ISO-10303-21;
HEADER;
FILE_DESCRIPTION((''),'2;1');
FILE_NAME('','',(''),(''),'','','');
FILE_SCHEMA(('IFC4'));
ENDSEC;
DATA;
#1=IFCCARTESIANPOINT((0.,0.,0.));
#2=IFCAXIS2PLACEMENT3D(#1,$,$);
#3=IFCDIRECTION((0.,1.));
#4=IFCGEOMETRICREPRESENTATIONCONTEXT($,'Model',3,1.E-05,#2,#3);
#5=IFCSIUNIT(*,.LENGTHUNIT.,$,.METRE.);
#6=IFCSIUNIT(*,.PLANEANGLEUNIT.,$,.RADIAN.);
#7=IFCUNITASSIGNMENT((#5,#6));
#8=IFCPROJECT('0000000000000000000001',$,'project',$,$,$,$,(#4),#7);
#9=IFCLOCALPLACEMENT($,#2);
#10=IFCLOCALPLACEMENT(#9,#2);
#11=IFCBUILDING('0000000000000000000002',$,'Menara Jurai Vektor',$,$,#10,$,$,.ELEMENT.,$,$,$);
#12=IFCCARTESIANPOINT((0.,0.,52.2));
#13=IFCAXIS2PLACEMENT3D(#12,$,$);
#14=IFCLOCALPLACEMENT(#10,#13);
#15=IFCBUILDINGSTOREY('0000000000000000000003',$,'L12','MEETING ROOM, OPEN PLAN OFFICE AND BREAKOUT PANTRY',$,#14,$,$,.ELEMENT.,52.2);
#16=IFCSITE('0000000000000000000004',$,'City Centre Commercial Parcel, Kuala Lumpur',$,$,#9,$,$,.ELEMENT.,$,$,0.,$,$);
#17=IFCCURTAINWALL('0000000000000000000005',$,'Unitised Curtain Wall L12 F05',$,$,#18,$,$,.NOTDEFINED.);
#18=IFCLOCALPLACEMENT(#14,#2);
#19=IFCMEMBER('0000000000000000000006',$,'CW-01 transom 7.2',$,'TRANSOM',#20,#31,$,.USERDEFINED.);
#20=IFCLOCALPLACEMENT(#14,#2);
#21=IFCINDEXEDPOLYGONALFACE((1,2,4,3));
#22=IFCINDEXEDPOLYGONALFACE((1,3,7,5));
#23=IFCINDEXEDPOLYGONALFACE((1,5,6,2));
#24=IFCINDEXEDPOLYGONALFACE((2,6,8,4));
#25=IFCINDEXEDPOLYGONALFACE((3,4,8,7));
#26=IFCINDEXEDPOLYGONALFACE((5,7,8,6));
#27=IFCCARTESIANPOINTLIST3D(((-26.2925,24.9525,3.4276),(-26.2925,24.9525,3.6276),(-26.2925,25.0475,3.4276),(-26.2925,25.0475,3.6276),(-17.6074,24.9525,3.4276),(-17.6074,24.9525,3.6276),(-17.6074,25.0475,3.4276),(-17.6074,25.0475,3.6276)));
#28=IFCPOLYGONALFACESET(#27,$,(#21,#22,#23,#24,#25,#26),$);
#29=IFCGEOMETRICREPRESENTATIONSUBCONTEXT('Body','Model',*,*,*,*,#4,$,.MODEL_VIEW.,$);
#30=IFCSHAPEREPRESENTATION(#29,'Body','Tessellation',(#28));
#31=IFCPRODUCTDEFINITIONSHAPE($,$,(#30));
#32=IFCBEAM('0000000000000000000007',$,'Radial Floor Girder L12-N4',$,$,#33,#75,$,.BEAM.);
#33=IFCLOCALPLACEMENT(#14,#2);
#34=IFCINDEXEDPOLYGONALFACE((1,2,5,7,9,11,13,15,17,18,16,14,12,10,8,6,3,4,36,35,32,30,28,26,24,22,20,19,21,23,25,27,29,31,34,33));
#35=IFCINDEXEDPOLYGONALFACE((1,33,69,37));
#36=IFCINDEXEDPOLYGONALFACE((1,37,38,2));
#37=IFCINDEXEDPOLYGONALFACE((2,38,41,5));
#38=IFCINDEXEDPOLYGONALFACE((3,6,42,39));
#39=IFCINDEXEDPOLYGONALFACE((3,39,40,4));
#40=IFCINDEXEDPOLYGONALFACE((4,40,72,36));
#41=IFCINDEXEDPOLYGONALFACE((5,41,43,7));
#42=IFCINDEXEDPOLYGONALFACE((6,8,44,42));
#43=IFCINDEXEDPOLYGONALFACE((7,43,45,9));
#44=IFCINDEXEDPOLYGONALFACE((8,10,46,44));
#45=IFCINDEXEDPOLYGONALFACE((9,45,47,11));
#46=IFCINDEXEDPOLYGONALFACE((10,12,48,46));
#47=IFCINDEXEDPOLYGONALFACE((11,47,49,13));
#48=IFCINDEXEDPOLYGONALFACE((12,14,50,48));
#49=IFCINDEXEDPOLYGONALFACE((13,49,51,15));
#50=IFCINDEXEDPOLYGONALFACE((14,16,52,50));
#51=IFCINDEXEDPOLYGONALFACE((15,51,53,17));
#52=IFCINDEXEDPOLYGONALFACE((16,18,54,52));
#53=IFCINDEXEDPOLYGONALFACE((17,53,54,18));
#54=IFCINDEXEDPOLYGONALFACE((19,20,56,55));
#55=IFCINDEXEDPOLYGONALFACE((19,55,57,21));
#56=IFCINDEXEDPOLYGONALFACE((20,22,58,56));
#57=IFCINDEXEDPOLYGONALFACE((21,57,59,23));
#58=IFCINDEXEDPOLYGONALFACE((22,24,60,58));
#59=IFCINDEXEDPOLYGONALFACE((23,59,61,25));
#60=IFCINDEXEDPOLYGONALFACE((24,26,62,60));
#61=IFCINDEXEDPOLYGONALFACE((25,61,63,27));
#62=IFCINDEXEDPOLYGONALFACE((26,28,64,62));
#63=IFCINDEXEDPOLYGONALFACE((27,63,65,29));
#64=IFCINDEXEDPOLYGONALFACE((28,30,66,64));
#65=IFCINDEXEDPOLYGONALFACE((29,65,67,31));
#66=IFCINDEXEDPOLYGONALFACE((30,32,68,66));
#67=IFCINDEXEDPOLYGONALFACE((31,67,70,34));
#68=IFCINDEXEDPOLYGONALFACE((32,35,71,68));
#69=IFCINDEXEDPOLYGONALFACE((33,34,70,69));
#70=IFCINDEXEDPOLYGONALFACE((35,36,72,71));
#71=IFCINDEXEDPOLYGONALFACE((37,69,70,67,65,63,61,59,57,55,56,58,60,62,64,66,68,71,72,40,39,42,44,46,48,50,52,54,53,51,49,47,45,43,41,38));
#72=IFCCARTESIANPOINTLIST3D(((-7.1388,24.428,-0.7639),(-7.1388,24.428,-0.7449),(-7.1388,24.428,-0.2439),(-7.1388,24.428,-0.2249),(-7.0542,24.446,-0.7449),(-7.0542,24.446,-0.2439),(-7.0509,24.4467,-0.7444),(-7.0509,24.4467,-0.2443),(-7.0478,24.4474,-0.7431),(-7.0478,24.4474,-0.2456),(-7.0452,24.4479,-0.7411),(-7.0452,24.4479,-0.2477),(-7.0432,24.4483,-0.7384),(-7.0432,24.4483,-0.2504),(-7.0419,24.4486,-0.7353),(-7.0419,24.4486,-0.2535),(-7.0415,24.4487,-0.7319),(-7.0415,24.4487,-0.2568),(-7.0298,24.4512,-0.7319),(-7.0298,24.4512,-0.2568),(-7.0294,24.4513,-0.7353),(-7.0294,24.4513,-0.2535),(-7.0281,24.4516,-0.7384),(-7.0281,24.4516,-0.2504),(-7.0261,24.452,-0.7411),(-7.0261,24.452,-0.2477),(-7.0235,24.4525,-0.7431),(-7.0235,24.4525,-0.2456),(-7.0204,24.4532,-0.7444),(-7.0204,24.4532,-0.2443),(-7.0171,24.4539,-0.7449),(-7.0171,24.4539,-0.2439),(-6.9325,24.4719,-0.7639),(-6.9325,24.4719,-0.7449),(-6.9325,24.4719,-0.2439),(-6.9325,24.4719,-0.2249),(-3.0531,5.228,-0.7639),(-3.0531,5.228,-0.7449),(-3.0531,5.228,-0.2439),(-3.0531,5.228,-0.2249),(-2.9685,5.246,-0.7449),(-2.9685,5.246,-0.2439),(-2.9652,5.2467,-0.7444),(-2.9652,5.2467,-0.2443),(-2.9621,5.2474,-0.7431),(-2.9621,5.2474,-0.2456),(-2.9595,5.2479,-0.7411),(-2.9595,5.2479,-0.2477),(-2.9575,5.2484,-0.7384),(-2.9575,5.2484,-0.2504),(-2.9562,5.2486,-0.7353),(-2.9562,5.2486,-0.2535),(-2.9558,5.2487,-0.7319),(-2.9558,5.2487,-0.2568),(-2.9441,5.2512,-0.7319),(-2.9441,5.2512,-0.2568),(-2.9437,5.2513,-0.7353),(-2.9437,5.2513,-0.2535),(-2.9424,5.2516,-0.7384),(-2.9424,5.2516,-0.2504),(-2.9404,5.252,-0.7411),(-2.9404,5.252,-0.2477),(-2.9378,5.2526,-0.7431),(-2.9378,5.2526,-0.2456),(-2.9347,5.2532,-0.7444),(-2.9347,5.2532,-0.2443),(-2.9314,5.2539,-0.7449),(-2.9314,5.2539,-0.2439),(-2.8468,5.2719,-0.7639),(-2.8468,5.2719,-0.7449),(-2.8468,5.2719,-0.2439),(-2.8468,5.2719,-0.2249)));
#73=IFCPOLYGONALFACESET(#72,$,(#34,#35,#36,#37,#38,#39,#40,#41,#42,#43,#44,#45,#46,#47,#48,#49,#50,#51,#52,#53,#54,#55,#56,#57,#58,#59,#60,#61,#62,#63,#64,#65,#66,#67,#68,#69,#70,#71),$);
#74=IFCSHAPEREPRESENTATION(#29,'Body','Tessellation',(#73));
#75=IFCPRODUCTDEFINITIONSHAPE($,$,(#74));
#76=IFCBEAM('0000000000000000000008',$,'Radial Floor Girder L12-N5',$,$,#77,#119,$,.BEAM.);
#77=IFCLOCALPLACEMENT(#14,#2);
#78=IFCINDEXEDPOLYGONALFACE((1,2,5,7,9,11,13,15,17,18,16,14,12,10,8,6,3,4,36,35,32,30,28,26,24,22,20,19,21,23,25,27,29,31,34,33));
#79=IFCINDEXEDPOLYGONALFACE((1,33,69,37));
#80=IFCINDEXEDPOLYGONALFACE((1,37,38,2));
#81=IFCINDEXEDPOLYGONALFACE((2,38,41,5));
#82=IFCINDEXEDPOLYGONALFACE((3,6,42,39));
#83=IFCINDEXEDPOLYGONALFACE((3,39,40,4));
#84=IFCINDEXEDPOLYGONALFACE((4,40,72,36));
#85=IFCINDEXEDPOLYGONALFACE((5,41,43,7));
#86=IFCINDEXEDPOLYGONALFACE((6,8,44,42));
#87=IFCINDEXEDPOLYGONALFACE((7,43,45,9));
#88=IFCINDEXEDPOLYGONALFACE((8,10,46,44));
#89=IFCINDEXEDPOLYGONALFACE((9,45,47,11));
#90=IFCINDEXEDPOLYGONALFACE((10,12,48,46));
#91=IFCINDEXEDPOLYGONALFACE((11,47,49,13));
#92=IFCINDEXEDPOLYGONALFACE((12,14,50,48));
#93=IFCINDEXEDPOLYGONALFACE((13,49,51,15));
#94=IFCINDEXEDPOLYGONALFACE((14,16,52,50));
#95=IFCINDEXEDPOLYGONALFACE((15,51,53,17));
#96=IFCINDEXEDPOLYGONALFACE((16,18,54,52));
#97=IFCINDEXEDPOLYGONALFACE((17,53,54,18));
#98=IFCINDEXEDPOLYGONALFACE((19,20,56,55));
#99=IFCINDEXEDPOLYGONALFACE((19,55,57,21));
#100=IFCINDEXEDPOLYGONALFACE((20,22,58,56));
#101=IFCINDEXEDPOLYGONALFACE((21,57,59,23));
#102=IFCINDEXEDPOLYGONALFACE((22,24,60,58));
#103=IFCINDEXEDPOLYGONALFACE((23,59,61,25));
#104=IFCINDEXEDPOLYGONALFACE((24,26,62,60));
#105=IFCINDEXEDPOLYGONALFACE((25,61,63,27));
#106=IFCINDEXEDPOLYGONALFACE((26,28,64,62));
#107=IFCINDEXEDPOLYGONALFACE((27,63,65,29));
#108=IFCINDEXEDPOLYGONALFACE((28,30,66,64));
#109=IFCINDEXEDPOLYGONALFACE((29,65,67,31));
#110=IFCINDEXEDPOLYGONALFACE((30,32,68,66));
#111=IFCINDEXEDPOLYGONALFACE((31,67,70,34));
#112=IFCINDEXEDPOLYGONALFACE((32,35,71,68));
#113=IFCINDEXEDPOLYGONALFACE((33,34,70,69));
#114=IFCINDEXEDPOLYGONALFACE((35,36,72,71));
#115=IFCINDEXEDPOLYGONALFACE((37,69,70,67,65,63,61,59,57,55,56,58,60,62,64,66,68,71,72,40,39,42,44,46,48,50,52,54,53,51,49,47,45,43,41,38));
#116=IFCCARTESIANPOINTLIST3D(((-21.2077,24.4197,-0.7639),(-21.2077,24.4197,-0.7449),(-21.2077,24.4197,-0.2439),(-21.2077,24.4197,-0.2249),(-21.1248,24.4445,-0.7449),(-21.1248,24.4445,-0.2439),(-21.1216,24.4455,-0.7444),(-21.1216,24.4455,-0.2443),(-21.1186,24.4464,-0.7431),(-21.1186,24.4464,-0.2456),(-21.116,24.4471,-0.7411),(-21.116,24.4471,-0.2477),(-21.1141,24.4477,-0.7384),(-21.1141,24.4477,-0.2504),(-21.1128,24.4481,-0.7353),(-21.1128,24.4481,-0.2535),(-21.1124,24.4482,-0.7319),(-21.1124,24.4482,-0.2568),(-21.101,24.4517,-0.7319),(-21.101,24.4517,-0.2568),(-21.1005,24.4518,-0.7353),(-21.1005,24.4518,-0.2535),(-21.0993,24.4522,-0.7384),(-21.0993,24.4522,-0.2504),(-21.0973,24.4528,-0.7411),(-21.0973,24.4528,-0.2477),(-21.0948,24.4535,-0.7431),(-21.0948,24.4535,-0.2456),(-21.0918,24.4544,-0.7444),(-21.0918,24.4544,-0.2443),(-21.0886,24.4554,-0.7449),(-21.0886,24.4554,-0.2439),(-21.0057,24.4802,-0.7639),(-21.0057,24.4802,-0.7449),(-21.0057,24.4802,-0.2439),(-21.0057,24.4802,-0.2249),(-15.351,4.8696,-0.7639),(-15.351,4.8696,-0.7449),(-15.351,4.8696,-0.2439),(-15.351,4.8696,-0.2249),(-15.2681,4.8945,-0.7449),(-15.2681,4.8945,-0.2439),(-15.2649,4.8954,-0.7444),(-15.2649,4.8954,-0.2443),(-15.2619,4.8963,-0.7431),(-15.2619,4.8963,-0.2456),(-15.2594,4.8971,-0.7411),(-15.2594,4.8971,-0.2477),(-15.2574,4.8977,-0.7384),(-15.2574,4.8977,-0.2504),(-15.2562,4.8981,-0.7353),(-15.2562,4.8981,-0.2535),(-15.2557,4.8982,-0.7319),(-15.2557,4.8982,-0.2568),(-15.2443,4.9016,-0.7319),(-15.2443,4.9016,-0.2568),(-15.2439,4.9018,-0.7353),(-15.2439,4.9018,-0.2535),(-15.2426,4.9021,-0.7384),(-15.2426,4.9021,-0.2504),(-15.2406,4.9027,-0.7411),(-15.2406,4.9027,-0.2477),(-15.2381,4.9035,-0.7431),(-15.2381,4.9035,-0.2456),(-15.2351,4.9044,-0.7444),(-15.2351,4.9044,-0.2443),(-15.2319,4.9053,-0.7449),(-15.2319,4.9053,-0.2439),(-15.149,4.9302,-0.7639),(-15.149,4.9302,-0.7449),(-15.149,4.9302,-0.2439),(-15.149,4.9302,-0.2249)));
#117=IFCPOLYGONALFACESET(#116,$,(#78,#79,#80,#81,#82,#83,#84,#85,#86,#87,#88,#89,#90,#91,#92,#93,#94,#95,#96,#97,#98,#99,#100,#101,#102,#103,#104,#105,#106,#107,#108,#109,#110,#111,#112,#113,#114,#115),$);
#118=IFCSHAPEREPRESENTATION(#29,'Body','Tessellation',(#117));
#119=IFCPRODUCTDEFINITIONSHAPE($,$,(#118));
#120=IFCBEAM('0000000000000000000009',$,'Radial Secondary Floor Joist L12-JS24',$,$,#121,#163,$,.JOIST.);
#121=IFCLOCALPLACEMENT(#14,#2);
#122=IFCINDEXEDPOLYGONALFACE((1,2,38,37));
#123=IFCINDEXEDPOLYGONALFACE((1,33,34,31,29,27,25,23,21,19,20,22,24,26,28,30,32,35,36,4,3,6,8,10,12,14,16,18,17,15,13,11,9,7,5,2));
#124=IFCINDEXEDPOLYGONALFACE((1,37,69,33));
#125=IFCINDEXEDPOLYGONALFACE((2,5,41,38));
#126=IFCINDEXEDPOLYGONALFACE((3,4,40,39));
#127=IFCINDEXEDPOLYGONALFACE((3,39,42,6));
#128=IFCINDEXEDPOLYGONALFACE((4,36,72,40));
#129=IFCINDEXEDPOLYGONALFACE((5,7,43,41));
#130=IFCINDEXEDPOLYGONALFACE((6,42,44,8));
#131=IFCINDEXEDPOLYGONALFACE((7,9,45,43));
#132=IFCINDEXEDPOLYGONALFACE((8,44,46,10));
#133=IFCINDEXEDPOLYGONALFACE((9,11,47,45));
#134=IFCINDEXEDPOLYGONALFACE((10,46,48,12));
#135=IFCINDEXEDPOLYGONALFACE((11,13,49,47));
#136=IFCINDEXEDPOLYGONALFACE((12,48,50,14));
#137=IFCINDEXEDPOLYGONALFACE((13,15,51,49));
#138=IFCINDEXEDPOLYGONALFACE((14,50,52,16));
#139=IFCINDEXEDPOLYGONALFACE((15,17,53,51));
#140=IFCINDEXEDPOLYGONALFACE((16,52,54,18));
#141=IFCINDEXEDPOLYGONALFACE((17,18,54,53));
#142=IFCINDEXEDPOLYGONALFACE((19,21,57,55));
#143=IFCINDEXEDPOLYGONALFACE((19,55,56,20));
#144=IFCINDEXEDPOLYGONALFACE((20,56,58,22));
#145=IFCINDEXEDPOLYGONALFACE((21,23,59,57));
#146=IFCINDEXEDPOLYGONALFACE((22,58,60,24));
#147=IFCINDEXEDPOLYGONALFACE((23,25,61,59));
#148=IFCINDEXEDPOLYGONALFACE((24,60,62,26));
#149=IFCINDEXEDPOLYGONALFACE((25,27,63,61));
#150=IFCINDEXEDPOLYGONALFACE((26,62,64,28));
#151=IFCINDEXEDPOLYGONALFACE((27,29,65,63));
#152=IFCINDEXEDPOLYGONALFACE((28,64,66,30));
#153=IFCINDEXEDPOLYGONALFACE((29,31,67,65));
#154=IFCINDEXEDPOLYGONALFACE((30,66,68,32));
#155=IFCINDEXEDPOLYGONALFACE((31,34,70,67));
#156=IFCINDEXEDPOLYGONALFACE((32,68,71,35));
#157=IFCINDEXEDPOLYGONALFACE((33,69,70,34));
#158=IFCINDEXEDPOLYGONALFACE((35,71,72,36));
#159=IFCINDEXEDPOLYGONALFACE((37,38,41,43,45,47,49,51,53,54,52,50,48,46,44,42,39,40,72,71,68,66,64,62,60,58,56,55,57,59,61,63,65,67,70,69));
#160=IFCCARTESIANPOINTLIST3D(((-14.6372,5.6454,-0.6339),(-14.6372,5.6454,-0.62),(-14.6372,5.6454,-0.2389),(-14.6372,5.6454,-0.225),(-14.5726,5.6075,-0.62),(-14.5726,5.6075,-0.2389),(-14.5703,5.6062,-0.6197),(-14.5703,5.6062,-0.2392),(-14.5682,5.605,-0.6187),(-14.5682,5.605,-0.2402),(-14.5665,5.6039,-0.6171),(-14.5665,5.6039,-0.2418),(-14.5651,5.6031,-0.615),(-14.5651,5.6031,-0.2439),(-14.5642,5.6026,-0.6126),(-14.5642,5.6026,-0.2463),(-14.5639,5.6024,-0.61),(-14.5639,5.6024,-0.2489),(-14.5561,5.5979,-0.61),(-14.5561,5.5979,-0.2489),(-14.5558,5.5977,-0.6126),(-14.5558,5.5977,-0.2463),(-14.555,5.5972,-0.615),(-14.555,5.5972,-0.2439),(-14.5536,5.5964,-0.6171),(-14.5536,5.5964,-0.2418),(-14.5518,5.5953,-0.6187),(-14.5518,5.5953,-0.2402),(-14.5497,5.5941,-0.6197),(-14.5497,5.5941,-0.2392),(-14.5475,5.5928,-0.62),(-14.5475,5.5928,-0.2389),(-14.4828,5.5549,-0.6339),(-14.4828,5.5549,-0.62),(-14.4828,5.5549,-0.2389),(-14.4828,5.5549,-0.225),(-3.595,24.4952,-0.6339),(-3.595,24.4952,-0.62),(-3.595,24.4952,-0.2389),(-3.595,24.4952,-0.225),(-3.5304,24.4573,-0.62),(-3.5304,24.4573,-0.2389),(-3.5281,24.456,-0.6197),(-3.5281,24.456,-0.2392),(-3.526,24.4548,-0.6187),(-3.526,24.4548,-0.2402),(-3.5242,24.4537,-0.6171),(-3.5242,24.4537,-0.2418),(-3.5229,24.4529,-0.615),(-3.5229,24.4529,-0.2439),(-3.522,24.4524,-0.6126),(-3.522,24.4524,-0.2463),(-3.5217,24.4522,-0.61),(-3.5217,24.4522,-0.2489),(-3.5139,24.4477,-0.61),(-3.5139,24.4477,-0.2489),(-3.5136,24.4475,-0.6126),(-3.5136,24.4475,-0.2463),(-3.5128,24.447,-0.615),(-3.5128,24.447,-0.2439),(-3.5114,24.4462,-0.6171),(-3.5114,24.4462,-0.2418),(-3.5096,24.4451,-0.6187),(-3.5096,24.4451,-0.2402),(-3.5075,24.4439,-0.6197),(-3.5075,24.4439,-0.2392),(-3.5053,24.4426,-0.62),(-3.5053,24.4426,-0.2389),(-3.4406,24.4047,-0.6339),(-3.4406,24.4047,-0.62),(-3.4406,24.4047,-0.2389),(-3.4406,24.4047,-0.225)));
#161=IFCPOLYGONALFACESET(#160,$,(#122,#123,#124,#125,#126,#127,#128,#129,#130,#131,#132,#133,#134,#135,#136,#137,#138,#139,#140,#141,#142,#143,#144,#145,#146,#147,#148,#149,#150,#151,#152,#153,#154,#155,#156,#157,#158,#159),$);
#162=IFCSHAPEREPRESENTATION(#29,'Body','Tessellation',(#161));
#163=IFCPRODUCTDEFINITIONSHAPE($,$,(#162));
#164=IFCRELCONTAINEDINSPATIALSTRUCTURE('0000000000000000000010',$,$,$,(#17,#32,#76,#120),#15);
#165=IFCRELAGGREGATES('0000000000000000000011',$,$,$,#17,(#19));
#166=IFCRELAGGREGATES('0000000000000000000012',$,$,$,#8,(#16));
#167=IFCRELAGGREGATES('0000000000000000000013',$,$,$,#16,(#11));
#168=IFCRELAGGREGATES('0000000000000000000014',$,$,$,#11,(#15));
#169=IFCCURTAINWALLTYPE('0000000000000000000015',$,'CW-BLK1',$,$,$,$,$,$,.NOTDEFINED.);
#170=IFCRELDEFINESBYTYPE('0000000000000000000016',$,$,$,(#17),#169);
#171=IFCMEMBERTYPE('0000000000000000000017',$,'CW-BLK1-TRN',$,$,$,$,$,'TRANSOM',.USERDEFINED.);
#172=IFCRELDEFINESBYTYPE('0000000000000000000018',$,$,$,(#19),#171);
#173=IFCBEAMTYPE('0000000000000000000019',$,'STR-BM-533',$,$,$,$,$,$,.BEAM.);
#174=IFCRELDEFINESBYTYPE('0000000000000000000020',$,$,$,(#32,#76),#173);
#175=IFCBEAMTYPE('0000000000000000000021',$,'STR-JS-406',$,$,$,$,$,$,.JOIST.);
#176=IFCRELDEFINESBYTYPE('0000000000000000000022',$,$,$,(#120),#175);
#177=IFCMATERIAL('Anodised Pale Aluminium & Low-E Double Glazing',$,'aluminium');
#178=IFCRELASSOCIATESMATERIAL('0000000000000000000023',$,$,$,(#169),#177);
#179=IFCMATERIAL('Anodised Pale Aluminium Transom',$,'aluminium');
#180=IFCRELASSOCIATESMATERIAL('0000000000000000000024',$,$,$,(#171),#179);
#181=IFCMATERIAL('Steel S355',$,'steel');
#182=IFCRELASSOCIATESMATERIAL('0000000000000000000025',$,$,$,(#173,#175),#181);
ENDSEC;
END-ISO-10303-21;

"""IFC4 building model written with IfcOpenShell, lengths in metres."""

from ifc_helpers import new_model, si_unit, direction, frame, origin, origin_2d, place, context, subcontext, project, spatial, rectangle, i_section, extrude, material, material_profile, profile_set, type_object, element, aggregate, save


model = new_model("IFC4")

# Units and contexts
model_context = context("Model", 3, precision=1e-05, world=origin(), true_north=direction((0.0, 1.0)))
body_context = subcontext(model_context, "Body", "Model", "MODEL_VIEW")
ifc_project = project(units=[si_unit("LENGTHUNIT", "METRE"), si_unit("PLANEANGLEUNIT", "RADIAN")], contexts=[model_context])

# Site, building, storey
site_placement = place(None, origin())
site = spatial("IfcSite", under=ifc_project, at=site_placement, Name="City Centre Commercial Parcel, Kuala Lumpur", CompositionType="ELEMENT", RefElevation=0.0)
building_placement = place(site_placement, origin())
building = spatial("IfcBuilding", under=site, at=building_placement, Name="Menara Jurai Vektor", CompositionType="ELEMENT")
storey_placement = place(building_placement, frame((0.0, 0.0, 52.2)))
storey = spatial("IfcBuildingStorey", under=building, at=storey_placement, Name="L12", Description="MEETING ROOM, OPEN PLAN OFFICE AND BREAKOUT PANTRY", CompositionType="ELEMENT", Elevation=52.2)

# Curtain wall, member
ifc_material_1 = material(Name="Anodised Pale Aluminium & Low-E Double Glazing", Category="aluminium")
curtain_wall_type = type_object("IfcCurtainWallType", Name="CW-BLK1", PredefinedType="NOTDEFINED", material=ifc_material_1)
curtain_wall_placement = place(storey_placement, origin())
curtain_wall = element("IfcCurtainWall", 1, at=curtain_wall_placement, inside=storey, type_object=curtain_wall_type, Name="Unitised Curtain Wall L12 F05", PredefinedType="NOTDEFINED")
ifc_material_2 = material(Name="Anodised Pale Aluminium Transom", Category="aluminium")
ifc_material_profile_1 = material_profile(ifc_material_2, rectangle(XDim=0.095, YDim=0.2, at=origin_2d()), Name="ALU TRN 95x200")
ifc_profile_set_1 = profile_set([ifc_material_profile_1], Name="Anodised Pale Aluminium Transom")
member_type_1 = type_object("IfcMemberType", Name="CW-BLK1-TRN", ElementType="TRANSOM", PredefinedType="USERDEFINED", material=ifc_profile_set_1)
member_1_placement = place(storey_placement, frame((-17.6074, 25.0, 3.5276), z_axis=(-1.0, 0.0, 0.0), x_axis=(0.0, -1.0, 0.0)))
member_1 = element("IfcMember", 2, at=member_1_placement, type_object=member_type_1, Name="CW-01 transom 7.2", ObjectType="TRANSOM", PredefinedType="USERDEFINED", context=body_context, shape_type="SweptSolid", body=[
    extrude(rectangle(XDim=0.095, YDim=0.2, at=origin_2d()), origin(), (0.0, 0.0, 1.0), 8.6851),
])

# Beams
ifc_material_3 = material(Name="Steel S355", Category="steel")
ifc_material_profile_2 = material_profile(ifc_material_3, i_section(OverallWidth=0.2109, OverallDepth=0.5391, WebThickness=0.012, FlangeThickness=0.019, FilletRadius=0.0129, at=origin_2d()), Name="UKB 533x210x109")
ifc_profile_set_2 = profile_set([ifc_material_profile_2], Name="Steel S355")
beam_type_1 = type_object("IfcBeamType", Name="STR-BM-533", PredefinedType="BEAM", material=ifc_profile_set_2)
beam_1_placement = place(storey_placement, frame((-7.0356, 24.45, -0.4944), z_axis=(0.208137, -0.9781, 0.0), x_axis=(0.9781, 0.208137, 0.0)))
element("IfcBeam", 3, at=beam_1_placement, inside=storey, type_object=beam_type_1, Name="Radial Floor Girder L12-N4", PredefinedType="BEAM", context=body_context, shape_type="SweptSolid", body=[
    extrude(i_section(OverallWidth=0.2109, OverallDepth=0.5391, WebThickness=0.012, FlangeThickness=0.019, FilletRadius=0.0129, at=origin_2d()), origin(), (0.0, 0.0, 1.0), 19.6299),
])
beam_2_placement = place(storey_placement, frame((-21.1067, 24.45, -0.4944), z_axis=(0.286974, -0.957938, 0.0), x_axis=(0.957938, 0.286974, 0.0)))
element("IfcBeam", 4, at=beam_2_placement, inside=storey, type_object=beam_type_1, Name="Radial Floor Girder L12-N5", PredefinedType="BEAM", context=body_context, shape_type="SweptSolid", body=[
    extrude(i_section(OverallWidth=0.2109, OverallDepth=0.5391, WebThickness=0.012, FlangeThickness=0.019, FilletRadius=0.0129, at=origin_2d()), origin(), (0.0, 0.0, 1.0), 20.4084),
])
ifc_material_profile_3 = material_profile(ifc_material_3, i_section(OverallWidth=0.179, OverallDepth=0.4089, WebThickness=0.009, FlangeThickness=0.0139, FilletRadius=0.01, at=origin_2d()), Name="UKB 406x178x67")
ifc_profile_set_3 = profile_set([ifc_material_profile_3], Name="Steel S355")
beam_type_2 = type_object("IfcBeamType", Name="STR-JS-406", PredefinedType="JOIST", material=ifc_profile_set_3)
beam_3_placement = place(storey_placement, frame((-3.5178, 24.45, -0.4294), z_axis=(-0.505458, -0.862851, 0.0), x_axis=(0.862851, -0.505458, 0.0)))
element("IfcBeam", 5, at=beam_3_placement, inside=storey, type_object=beam_type_2, Name="Radial Secondary Floor Joist L12-JS24", PredefinedType="JOIST", context=body_context, shape_type="SweptSolid", body=[
    extrude(i_section(OverallWidth=0.179, OverallDepth=0.4089, WebThickness=0.009, FlangeThickness=0.0139, FilletRadius=0.01, at=origin_2d()), origin(), (0.0, 0.0, 1.0), 21.8459),
])

aggregate(curtain_wall, [member_1])

save(model, "model.ifc")
